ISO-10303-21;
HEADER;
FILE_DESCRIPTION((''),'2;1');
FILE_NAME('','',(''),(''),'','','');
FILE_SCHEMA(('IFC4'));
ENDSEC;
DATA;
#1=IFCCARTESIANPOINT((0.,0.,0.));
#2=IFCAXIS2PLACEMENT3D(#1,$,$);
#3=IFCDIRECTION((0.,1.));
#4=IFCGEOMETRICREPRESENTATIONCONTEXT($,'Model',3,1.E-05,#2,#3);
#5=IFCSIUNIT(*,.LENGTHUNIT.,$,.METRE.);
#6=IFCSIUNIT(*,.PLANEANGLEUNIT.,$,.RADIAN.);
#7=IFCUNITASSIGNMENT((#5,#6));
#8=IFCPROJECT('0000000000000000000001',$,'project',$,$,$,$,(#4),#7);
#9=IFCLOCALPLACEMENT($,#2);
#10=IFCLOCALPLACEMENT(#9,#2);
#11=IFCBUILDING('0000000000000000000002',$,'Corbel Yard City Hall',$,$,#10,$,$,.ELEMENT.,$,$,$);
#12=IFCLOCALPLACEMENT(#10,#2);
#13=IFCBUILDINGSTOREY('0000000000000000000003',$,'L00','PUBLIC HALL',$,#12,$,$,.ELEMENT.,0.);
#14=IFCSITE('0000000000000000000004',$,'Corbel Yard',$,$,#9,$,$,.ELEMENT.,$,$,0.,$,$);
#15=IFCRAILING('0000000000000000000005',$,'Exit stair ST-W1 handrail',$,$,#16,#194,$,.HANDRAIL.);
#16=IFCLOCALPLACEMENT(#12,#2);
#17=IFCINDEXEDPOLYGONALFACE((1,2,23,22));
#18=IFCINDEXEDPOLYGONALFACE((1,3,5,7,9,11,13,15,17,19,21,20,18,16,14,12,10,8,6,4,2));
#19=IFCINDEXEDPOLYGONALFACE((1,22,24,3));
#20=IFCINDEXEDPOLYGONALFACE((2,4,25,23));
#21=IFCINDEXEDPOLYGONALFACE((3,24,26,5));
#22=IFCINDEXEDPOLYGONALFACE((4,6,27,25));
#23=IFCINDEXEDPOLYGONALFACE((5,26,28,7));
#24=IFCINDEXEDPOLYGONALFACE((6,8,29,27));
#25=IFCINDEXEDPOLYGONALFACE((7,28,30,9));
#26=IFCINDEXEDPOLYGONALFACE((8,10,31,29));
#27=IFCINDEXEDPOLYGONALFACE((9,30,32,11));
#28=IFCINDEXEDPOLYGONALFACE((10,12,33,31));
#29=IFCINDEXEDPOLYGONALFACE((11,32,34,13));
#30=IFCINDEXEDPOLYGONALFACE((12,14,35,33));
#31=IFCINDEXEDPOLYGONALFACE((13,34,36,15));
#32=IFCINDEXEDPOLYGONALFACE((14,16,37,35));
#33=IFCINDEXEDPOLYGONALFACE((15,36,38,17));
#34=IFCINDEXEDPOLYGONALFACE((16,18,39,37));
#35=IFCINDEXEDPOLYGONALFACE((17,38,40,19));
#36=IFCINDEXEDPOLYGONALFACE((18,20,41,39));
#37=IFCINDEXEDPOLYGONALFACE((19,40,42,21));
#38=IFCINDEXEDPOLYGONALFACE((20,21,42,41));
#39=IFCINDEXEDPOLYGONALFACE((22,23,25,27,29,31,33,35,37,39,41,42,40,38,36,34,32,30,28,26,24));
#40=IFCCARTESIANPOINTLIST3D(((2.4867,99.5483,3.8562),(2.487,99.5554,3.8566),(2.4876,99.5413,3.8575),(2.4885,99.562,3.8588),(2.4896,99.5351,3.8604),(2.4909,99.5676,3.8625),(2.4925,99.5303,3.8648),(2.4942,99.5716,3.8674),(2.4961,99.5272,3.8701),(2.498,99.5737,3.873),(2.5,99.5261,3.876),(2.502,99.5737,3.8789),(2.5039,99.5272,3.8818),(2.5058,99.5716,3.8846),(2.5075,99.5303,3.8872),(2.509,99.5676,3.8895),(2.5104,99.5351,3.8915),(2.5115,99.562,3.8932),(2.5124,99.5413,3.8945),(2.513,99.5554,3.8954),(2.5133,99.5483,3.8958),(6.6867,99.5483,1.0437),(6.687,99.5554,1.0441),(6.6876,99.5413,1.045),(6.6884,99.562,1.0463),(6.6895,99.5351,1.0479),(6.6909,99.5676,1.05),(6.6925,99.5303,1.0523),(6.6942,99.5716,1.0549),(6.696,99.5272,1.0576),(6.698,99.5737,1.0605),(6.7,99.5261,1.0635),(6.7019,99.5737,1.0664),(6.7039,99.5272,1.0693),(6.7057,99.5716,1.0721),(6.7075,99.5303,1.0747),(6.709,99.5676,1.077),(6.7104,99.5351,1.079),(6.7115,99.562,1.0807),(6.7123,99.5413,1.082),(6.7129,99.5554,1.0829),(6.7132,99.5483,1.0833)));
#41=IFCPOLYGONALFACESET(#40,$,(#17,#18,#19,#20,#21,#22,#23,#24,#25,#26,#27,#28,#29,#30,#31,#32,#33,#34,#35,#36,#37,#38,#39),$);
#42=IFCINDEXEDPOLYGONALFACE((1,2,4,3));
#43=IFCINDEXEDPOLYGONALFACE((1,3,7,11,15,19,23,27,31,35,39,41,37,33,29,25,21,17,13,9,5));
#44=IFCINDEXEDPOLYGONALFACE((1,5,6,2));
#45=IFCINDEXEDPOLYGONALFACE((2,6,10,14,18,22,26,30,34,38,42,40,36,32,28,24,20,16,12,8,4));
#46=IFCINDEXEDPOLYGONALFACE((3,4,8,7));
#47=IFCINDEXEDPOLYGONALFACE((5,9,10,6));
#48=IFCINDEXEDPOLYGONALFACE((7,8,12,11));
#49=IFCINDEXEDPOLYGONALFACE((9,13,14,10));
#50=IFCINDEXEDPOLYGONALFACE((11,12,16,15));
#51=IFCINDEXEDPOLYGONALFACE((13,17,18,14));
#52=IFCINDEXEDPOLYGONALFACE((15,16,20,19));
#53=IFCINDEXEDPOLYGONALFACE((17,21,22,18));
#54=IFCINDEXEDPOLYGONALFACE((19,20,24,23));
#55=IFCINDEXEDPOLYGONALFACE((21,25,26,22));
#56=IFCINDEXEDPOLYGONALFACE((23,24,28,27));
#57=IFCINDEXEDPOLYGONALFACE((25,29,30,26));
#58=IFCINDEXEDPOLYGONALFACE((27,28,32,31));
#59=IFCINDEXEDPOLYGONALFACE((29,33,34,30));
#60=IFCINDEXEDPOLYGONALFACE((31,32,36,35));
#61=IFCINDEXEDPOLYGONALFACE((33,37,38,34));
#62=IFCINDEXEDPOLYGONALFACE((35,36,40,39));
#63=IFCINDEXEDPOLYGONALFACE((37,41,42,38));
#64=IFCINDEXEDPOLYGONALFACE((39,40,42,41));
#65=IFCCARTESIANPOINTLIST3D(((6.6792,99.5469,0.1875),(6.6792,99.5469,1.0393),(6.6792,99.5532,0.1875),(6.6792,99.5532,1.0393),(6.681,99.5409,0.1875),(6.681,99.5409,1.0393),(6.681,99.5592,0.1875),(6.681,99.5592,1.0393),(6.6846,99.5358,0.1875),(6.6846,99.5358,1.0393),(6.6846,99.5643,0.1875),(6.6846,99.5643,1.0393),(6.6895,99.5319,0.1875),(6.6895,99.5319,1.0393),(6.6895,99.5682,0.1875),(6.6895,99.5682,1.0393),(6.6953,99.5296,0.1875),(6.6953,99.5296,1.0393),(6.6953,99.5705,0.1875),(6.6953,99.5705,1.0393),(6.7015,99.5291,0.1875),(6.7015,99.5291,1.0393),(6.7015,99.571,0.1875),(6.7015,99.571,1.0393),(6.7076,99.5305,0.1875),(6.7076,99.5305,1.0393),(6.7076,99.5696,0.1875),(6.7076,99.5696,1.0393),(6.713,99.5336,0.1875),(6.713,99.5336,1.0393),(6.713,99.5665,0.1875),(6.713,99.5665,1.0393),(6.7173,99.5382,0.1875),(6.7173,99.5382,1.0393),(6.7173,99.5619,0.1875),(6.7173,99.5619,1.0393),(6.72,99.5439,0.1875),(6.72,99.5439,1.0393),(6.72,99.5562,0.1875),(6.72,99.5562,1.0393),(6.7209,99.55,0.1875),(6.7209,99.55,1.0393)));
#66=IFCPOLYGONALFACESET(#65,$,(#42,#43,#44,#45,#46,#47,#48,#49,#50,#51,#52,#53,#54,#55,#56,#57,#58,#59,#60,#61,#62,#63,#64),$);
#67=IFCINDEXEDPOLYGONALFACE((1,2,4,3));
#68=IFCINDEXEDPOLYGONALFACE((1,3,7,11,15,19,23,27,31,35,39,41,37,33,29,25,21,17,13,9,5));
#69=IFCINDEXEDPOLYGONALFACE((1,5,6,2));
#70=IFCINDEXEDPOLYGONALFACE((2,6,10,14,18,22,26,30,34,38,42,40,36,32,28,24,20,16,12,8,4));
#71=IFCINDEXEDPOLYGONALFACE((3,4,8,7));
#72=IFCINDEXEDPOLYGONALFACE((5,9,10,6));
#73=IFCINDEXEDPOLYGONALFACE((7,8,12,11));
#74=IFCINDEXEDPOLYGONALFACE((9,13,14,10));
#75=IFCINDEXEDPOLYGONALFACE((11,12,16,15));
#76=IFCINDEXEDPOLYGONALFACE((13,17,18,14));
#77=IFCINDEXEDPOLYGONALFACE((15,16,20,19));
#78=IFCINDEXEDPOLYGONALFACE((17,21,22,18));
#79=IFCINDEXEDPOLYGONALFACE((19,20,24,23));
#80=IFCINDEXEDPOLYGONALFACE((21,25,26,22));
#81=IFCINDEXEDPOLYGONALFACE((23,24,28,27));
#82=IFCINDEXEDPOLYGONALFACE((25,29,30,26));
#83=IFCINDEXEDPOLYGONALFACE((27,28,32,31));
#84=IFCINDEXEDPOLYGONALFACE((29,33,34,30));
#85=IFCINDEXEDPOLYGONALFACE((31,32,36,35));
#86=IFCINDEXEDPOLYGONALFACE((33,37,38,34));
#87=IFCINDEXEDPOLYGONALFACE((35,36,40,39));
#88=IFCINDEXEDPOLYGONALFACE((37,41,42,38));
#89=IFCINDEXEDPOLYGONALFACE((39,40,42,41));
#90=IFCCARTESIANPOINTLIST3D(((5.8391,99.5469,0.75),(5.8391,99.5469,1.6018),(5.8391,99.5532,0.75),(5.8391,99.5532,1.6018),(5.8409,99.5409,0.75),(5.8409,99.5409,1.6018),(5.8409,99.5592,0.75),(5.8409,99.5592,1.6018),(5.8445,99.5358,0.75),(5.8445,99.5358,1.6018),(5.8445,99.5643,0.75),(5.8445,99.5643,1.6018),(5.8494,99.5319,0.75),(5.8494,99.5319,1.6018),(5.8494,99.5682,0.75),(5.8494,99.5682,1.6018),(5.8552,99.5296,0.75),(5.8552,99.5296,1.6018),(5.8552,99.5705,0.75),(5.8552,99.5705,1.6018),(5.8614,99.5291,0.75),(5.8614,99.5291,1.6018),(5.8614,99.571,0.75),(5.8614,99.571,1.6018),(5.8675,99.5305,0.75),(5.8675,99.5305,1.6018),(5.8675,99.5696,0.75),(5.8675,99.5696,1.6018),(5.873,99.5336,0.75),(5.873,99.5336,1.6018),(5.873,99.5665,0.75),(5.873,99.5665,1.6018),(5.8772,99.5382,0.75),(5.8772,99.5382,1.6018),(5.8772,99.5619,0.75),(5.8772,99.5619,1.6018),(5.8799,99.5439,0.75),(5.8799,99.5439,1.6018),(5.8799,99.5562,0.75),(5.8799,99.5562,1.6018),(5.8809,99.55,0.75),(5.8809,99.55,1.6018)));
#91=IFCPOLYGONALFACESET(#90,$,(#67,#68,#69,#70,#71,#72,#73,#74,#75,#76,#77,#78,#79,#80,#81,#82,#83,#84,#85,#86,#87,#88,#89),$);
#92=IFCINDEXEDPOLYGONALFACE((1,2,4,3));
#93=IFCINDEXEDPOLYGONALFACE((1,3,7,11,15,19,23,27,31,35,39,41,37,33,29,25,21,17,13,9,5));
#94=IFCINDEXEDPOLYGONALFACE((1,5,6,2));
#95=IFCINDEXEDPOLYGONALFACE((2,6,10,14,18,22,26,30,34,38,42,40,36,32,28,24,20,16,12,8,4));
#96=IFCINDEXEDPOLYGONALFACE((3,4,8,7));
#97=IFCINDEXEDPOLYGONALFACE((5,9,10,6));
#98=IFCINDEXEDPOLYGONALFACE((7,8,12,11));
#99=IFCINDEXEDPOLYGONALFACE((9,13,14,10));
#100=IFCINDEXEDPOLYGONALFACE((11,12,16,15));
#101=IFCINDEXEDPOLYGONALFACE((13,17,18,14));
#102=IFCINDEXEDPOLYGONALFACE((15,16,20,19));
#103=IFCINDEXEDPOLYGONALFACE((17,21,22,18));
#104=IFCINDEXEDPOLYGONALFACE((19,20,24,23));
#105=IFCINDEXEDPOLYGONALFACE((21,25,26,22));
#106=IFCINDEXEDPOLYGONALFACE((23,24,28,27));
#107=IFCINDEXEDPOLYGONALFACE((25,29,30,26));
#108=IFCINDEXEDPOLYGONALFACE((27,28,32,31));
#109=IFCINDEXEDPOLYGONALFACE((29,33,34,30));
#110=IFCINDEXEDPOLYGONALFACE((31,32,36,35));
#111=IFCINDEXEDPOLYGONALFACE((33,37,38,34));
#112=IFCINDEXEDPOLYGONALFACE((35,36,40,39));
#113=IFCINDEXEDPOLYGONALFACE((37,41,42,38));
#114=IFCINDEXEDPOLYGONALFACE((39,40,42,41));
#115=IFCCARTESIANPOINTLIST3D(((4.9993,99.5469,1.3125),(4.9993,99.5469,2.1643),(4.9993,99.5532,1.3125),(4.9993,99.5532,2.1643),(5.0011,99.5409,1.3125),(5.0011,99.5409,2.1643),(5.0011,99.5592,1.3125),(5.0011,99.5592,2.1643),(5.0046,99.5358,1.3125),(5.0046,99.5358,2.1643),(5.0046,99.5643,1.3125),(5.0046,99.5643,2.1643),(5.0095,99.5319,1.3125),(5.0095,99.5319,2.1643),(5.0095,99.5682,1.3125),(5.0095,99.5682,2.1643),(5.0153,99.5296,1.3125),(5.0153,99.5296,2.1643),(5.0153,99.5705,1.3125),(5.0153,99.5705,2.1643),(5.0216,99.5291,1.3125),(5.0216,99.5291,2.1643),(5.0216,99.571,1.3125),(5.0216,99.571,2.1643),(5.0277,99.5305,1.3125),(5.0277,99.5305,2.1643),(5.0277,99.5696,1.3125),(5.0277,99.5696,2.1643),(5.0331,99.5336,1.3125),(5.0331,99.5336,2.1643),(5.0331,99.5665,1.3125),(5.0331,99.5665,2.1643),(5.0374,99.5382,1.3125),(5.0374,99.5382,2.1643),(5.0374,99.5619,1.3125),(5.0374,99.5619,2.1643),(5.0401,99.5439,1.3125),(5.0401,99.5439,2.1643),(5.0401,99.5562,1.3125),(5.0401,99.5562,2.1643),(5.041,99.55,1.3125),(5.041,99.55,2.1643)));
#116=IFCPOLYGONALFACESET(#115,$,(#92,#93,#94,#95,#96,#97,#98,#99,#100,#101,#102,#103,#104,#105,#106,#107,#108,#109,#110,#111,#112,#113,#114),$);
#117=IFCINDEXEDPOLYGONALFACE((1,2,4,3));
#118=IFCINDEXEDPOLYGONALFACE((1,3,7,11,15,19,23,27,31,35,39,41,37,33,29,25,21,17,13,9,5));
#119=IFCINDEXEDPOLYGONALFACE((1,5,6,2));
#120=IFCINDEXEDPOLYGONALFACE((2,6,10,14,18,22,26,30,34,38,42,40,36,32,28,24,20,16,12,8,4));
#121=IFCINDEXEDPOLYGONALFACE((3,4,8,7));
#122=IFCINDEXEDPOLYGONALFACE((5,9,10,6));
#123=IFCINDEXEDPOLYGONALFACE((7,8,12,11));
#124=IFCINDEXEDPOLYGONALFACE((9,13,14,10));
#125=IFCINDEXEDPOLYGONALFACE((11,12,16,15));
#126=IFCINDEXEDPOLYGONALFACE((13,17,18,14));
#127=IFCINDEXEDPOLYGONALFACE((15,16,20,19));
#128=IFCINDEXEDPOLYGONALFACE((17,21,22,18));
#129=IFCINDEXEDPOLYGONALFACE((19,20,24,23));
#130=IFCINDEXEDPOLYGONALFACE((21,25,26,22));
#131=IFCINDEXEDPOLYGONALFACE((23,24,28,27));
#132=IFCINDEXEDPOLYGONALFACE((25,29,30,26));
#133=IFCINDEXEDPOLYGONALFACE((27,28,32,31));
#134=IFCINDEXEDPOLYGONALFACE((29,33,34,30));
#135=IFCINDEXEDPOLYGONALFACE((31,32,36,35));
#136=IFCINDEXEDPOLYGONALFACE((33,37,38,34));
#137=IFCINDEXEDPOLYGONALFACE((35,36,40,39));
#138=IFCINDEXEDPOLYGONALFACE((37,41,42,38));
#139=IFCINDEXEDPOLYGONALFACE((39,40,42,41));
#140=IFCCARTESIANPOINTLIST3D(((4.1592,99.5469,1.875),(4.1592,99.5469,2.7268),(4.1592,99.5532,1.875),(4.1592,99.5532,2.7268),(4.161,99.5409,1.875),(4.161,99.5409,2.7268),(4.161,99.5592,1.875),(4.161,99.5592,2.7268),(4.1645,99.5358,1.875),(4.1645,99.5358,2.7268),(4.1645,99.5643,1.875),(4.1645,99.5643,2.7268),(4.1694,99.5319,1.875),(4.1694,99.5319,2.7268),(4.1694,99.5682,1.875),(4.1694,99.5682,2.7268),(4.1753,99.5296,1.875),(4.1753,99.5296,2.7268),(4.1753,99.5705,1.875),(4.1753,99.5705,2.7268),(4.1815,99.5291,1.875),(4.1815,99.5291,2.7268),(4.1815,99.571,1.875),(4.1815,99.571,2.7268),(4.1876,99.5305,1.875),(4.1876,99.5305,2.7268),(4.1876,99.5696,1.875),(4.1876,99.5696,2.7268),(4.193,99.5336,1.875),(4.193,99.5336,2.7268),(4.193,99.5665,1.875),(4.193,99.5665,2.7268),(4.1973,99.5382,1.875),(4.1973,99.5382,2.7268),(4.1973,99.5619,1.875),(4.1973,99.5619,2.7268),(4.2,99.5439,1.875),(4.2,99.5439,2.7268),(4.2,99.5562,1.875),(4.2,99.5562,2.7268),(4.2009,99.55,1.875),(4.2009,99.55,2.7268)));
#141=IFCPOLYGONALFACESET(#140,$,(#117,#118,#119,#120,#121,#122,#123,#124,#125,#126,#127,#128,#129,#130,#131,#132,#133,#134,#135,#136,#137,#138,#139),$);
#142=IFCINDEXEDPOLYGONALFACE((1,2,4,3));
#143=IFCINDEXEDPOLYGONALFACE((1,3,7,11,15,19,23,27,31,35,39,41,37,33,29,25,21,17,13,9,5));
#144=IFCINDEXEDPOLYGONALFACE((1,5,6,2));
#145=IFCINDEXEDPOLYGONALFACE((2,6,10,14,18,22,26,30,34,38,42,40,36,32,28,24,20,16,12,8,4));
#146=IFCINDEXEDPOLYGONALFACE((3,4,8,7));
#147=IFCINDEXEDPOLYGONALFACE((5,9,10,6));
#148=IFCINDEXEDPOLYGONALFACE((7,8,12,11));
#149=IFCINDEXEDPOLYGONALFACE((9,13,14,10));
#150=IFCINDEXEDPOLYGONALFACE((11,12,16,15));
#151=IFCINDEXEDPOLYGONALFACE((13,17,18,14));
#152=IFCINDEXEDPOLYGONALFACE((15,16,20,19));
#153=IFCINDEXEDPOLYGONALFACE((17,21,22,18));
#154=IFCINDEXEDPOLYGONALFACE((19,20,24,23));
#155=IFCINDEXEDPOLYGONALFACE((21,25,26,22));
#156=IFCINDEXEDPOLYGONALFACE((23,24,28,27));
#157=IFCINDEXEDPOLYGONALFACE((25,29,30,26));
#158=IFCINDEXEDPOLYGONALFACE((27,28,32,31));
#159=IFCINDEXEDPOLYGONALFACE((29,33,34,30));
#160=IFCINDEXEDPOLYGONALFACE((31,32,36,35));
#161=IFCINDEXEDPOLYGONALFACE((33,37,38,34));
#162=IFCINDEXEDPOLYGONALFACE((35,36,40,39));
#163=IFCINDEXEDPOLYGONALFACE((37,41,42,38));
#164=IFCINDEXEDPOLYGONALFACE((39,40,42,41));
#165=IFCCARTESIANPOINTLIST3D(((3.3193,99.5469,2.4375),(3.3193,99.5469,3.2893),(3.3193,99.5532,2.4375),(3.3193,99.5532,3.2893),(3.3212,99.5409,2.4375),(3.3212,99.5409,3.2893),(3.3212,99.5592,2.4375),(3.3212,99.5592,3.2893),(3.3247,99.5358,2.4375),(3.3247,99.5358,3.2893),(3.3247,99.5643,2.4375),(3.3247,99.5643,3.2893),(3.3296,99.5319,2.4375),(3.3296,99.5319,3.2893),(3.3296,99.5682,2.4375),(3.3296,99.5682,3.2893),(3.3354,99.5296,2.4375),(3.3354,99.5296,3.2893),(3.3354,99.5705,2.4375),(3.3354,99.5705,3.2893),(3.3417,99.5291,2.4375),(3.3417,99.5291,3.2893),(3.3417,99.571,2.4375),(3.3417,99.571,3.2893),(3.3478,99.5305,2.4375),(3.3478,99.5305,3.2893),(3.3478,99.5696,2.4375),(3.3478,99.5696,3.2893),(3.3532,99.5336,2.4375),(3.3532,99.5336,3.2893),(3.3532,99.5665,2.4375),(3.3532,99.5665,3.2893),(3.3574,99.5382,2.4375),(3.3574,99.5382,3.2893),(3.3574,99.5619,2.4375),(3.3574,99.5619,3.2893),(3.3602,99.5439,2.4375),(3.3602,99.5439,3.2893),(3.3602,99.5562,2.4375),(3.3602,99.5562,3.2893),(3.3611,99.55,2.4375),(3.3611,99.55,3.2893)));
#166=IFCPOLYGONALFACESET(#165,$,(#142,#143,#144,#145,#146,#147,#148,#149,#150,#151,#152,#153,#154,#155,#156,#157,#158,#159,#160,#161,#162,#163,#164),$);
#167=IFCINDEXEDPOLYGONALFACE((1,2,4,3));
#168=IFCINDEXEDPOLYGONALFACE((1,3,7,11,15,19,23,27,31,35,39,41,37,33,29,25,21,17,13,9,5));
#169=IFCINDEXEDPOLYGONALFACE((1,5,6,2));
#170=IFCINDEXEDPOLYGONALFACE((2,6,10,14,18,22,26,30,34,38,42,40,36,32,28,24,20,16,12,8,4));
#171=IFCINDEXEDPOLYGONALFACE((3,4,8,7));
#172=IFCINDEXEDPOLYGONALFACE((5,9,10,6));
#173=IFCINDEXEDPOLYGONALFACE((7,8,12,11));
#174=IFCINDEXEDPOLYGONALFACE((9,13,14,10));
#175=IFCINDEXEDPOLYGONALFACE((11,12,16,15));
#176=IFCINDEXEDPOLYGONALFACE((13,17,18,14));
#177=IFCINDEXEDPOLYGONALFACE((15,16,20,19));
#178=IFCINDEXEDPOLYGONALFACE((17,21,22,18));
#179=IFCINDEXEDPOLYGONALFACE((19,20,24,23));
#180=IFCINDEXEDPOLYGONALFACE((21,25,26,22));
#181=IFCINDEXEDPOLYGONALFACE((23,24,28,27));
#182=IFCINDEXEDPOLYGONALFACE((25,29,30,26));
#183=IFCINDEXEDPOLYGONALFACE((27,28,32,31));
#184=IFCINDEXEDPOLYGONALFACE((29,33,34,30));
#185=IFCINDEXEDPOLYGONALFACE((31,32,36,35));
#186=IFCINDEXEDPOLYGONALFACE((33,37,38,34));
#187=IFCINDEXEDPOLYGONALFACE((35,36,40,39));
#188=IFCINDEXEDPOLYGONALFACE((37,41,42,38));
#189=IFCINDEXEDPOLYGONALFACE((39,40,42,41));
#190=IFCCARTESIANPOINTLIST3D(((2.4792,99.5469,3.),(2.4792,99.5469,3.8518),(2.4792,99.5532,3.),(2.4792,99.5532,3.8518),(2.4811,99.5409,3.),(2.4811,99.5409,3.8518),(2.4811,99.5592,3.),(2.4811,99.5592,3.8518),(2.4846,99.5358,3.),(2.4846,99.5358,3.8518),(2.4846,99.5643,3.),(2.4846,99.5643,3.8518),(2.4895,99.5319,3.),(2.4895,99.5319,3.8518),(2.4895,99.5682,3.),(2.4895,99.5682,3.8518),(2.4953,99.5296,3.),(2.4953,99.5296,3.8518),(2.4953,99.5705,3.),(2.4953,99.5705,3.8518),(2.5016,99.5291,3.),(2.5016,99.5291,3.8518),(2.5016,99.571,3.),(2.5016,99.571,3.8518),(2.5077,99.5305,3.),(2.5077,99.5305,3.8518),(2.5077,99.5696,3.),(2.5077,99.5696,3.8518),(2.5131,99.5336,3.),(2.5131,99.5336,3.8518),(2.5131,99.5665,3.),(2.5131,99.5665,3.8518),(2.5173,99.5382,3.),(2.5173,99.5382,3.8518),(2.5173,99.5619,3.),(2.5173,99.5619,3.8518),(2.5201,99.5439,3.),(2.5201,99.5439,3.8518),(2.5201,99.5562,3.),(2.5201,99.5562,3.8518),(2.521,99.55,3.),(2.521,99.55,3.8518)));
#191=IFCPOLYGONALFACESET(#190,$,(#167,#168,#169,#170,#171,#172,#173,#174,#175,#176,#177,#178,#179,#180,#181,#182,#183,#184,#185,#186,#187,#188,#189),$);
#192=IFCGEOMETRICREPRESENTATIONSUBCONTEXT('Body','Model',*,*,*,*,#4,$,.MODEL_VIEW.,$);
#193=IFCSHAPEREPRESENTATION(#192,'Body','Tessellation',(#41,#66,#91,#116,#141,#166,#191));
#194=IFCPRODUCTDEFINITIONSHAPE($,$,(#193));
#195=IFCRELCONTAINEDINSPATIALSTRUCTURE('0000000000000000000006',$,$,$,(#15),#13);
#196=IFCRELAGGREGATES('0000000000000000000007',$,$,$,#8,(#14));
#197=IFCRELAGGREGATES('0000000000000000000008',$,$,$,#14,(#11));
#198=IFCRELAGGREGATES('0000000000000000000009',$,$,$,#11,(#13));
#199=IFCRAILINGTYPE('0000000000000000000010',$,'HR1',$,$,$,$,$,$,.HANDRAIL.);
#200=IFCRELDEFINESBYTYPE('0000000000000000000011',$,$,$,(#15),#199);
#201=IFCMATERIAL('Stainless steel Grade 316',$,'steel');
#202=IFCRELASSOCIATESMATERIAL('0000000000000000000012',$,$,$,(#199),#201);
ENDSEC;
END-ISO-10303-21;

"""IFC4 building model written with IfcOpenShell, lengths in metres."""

from ifc_helpers import new_model, si_unit, direction, frame, origin, origin_2d, place, context, subcontext, project, spatial, circle, extrude, material, type_object, element, save


model = new_model("IFC4")

# Units and contexts
model_context = context("Model", 3, precision=1e-05, world=origin(), true_north=direction((0.0, 1.0)))
body_context = subcontext(model_context, "Body", "Model", "MODEL_VIEW")
ifc_project = project(units=[si_unit("LENGTHUNIT", "METRE"), si_unit("PLANEANGLEUNIT", "RADIAN")], contexts=[model_context])

# Site, building, storey
site_placement = place(None, origin())
site = spatial("IfcSite", under=ifc_project, at=site_placement, Name="Corbel Yard", CompositionType="ELEMENT", RefElevation=0.0)
building_placement = place(site_placement, origin())
building = spatial("IfcBuilding", under=site, at=building_placement, Name="Corbel Yard City Hall", CompositionType="ELEMENT")
storey_placement = place(building_placement, origin())
storey = spatial("IfcBuildingStorey", under=building, at=storey_placement, Name="L00", Description="PUBLIC HALL", CompositionType="ELEMENT", Elevation=0.0)

# Railing
ifc_material_1 = material(Name="Stainless steel Grade 316", Category="steel")
railing_type = type_object("IfcRailingType", Name="HR1", PredefinedType="HANDRAIL", material=ifc_material_1)
for number, where, name in (
    (1, (6.7, 99.55, 0.1875), "Exit stair ST-W1 handrail"),
):
    element("IfcRailing", number, at=place(storey_placement, frame(where)), inside=storey, type_object=railing_type, Name=name, PredefinedType="HANDRAIL", context=body_context, shape_type="SweptSolid", body=[
        extrude(circle(Radius=0.0239, at=origin_2d()), frame((0.0, 0.0, 0.876), z_axis=(-0.830904, 0.0, 0.556416), x_axis=(0.0, -1.0, 0.0)), (0.0, 0.0, 1.0), 5.0547),
        extrude(circle(Radius=0.021, at=origin_2d()), origin(), (0.0, 0.0, 1.0), 0.8518),
        extrude(circle(Radius=0.021, at=origin_2d()), frame((-0.8401, 0.0, 0.5625)), (0.0, 0.0, 1.0), 0.8518),
        extrude(circle(Radius=0.021, at=origin_2d()), frame((-1.6799, 0.0, 1.125)), (0.0, 0.0, 1.0), 0.8518),
        extrude(circle(Radius=0.021, at=origin_2d()), frame((-2.52, 0.0, 1.6875)), (0.0, 0.0, 1.0), 0.8518),
        extrude(circle(Radius=0.021, at=origin_2d()), frame((-3.3599, 0.0, 2.25)), (0.0, 0.0, 1.0), 0.8518),
        extrude(circle(Radius=0.021, at=origin_2d()), frame((-4.2, 0.0, 2.8125)), (0.0, 0.0, 1.0), 0.8518),
    ])

save(model, "model.ifc")
